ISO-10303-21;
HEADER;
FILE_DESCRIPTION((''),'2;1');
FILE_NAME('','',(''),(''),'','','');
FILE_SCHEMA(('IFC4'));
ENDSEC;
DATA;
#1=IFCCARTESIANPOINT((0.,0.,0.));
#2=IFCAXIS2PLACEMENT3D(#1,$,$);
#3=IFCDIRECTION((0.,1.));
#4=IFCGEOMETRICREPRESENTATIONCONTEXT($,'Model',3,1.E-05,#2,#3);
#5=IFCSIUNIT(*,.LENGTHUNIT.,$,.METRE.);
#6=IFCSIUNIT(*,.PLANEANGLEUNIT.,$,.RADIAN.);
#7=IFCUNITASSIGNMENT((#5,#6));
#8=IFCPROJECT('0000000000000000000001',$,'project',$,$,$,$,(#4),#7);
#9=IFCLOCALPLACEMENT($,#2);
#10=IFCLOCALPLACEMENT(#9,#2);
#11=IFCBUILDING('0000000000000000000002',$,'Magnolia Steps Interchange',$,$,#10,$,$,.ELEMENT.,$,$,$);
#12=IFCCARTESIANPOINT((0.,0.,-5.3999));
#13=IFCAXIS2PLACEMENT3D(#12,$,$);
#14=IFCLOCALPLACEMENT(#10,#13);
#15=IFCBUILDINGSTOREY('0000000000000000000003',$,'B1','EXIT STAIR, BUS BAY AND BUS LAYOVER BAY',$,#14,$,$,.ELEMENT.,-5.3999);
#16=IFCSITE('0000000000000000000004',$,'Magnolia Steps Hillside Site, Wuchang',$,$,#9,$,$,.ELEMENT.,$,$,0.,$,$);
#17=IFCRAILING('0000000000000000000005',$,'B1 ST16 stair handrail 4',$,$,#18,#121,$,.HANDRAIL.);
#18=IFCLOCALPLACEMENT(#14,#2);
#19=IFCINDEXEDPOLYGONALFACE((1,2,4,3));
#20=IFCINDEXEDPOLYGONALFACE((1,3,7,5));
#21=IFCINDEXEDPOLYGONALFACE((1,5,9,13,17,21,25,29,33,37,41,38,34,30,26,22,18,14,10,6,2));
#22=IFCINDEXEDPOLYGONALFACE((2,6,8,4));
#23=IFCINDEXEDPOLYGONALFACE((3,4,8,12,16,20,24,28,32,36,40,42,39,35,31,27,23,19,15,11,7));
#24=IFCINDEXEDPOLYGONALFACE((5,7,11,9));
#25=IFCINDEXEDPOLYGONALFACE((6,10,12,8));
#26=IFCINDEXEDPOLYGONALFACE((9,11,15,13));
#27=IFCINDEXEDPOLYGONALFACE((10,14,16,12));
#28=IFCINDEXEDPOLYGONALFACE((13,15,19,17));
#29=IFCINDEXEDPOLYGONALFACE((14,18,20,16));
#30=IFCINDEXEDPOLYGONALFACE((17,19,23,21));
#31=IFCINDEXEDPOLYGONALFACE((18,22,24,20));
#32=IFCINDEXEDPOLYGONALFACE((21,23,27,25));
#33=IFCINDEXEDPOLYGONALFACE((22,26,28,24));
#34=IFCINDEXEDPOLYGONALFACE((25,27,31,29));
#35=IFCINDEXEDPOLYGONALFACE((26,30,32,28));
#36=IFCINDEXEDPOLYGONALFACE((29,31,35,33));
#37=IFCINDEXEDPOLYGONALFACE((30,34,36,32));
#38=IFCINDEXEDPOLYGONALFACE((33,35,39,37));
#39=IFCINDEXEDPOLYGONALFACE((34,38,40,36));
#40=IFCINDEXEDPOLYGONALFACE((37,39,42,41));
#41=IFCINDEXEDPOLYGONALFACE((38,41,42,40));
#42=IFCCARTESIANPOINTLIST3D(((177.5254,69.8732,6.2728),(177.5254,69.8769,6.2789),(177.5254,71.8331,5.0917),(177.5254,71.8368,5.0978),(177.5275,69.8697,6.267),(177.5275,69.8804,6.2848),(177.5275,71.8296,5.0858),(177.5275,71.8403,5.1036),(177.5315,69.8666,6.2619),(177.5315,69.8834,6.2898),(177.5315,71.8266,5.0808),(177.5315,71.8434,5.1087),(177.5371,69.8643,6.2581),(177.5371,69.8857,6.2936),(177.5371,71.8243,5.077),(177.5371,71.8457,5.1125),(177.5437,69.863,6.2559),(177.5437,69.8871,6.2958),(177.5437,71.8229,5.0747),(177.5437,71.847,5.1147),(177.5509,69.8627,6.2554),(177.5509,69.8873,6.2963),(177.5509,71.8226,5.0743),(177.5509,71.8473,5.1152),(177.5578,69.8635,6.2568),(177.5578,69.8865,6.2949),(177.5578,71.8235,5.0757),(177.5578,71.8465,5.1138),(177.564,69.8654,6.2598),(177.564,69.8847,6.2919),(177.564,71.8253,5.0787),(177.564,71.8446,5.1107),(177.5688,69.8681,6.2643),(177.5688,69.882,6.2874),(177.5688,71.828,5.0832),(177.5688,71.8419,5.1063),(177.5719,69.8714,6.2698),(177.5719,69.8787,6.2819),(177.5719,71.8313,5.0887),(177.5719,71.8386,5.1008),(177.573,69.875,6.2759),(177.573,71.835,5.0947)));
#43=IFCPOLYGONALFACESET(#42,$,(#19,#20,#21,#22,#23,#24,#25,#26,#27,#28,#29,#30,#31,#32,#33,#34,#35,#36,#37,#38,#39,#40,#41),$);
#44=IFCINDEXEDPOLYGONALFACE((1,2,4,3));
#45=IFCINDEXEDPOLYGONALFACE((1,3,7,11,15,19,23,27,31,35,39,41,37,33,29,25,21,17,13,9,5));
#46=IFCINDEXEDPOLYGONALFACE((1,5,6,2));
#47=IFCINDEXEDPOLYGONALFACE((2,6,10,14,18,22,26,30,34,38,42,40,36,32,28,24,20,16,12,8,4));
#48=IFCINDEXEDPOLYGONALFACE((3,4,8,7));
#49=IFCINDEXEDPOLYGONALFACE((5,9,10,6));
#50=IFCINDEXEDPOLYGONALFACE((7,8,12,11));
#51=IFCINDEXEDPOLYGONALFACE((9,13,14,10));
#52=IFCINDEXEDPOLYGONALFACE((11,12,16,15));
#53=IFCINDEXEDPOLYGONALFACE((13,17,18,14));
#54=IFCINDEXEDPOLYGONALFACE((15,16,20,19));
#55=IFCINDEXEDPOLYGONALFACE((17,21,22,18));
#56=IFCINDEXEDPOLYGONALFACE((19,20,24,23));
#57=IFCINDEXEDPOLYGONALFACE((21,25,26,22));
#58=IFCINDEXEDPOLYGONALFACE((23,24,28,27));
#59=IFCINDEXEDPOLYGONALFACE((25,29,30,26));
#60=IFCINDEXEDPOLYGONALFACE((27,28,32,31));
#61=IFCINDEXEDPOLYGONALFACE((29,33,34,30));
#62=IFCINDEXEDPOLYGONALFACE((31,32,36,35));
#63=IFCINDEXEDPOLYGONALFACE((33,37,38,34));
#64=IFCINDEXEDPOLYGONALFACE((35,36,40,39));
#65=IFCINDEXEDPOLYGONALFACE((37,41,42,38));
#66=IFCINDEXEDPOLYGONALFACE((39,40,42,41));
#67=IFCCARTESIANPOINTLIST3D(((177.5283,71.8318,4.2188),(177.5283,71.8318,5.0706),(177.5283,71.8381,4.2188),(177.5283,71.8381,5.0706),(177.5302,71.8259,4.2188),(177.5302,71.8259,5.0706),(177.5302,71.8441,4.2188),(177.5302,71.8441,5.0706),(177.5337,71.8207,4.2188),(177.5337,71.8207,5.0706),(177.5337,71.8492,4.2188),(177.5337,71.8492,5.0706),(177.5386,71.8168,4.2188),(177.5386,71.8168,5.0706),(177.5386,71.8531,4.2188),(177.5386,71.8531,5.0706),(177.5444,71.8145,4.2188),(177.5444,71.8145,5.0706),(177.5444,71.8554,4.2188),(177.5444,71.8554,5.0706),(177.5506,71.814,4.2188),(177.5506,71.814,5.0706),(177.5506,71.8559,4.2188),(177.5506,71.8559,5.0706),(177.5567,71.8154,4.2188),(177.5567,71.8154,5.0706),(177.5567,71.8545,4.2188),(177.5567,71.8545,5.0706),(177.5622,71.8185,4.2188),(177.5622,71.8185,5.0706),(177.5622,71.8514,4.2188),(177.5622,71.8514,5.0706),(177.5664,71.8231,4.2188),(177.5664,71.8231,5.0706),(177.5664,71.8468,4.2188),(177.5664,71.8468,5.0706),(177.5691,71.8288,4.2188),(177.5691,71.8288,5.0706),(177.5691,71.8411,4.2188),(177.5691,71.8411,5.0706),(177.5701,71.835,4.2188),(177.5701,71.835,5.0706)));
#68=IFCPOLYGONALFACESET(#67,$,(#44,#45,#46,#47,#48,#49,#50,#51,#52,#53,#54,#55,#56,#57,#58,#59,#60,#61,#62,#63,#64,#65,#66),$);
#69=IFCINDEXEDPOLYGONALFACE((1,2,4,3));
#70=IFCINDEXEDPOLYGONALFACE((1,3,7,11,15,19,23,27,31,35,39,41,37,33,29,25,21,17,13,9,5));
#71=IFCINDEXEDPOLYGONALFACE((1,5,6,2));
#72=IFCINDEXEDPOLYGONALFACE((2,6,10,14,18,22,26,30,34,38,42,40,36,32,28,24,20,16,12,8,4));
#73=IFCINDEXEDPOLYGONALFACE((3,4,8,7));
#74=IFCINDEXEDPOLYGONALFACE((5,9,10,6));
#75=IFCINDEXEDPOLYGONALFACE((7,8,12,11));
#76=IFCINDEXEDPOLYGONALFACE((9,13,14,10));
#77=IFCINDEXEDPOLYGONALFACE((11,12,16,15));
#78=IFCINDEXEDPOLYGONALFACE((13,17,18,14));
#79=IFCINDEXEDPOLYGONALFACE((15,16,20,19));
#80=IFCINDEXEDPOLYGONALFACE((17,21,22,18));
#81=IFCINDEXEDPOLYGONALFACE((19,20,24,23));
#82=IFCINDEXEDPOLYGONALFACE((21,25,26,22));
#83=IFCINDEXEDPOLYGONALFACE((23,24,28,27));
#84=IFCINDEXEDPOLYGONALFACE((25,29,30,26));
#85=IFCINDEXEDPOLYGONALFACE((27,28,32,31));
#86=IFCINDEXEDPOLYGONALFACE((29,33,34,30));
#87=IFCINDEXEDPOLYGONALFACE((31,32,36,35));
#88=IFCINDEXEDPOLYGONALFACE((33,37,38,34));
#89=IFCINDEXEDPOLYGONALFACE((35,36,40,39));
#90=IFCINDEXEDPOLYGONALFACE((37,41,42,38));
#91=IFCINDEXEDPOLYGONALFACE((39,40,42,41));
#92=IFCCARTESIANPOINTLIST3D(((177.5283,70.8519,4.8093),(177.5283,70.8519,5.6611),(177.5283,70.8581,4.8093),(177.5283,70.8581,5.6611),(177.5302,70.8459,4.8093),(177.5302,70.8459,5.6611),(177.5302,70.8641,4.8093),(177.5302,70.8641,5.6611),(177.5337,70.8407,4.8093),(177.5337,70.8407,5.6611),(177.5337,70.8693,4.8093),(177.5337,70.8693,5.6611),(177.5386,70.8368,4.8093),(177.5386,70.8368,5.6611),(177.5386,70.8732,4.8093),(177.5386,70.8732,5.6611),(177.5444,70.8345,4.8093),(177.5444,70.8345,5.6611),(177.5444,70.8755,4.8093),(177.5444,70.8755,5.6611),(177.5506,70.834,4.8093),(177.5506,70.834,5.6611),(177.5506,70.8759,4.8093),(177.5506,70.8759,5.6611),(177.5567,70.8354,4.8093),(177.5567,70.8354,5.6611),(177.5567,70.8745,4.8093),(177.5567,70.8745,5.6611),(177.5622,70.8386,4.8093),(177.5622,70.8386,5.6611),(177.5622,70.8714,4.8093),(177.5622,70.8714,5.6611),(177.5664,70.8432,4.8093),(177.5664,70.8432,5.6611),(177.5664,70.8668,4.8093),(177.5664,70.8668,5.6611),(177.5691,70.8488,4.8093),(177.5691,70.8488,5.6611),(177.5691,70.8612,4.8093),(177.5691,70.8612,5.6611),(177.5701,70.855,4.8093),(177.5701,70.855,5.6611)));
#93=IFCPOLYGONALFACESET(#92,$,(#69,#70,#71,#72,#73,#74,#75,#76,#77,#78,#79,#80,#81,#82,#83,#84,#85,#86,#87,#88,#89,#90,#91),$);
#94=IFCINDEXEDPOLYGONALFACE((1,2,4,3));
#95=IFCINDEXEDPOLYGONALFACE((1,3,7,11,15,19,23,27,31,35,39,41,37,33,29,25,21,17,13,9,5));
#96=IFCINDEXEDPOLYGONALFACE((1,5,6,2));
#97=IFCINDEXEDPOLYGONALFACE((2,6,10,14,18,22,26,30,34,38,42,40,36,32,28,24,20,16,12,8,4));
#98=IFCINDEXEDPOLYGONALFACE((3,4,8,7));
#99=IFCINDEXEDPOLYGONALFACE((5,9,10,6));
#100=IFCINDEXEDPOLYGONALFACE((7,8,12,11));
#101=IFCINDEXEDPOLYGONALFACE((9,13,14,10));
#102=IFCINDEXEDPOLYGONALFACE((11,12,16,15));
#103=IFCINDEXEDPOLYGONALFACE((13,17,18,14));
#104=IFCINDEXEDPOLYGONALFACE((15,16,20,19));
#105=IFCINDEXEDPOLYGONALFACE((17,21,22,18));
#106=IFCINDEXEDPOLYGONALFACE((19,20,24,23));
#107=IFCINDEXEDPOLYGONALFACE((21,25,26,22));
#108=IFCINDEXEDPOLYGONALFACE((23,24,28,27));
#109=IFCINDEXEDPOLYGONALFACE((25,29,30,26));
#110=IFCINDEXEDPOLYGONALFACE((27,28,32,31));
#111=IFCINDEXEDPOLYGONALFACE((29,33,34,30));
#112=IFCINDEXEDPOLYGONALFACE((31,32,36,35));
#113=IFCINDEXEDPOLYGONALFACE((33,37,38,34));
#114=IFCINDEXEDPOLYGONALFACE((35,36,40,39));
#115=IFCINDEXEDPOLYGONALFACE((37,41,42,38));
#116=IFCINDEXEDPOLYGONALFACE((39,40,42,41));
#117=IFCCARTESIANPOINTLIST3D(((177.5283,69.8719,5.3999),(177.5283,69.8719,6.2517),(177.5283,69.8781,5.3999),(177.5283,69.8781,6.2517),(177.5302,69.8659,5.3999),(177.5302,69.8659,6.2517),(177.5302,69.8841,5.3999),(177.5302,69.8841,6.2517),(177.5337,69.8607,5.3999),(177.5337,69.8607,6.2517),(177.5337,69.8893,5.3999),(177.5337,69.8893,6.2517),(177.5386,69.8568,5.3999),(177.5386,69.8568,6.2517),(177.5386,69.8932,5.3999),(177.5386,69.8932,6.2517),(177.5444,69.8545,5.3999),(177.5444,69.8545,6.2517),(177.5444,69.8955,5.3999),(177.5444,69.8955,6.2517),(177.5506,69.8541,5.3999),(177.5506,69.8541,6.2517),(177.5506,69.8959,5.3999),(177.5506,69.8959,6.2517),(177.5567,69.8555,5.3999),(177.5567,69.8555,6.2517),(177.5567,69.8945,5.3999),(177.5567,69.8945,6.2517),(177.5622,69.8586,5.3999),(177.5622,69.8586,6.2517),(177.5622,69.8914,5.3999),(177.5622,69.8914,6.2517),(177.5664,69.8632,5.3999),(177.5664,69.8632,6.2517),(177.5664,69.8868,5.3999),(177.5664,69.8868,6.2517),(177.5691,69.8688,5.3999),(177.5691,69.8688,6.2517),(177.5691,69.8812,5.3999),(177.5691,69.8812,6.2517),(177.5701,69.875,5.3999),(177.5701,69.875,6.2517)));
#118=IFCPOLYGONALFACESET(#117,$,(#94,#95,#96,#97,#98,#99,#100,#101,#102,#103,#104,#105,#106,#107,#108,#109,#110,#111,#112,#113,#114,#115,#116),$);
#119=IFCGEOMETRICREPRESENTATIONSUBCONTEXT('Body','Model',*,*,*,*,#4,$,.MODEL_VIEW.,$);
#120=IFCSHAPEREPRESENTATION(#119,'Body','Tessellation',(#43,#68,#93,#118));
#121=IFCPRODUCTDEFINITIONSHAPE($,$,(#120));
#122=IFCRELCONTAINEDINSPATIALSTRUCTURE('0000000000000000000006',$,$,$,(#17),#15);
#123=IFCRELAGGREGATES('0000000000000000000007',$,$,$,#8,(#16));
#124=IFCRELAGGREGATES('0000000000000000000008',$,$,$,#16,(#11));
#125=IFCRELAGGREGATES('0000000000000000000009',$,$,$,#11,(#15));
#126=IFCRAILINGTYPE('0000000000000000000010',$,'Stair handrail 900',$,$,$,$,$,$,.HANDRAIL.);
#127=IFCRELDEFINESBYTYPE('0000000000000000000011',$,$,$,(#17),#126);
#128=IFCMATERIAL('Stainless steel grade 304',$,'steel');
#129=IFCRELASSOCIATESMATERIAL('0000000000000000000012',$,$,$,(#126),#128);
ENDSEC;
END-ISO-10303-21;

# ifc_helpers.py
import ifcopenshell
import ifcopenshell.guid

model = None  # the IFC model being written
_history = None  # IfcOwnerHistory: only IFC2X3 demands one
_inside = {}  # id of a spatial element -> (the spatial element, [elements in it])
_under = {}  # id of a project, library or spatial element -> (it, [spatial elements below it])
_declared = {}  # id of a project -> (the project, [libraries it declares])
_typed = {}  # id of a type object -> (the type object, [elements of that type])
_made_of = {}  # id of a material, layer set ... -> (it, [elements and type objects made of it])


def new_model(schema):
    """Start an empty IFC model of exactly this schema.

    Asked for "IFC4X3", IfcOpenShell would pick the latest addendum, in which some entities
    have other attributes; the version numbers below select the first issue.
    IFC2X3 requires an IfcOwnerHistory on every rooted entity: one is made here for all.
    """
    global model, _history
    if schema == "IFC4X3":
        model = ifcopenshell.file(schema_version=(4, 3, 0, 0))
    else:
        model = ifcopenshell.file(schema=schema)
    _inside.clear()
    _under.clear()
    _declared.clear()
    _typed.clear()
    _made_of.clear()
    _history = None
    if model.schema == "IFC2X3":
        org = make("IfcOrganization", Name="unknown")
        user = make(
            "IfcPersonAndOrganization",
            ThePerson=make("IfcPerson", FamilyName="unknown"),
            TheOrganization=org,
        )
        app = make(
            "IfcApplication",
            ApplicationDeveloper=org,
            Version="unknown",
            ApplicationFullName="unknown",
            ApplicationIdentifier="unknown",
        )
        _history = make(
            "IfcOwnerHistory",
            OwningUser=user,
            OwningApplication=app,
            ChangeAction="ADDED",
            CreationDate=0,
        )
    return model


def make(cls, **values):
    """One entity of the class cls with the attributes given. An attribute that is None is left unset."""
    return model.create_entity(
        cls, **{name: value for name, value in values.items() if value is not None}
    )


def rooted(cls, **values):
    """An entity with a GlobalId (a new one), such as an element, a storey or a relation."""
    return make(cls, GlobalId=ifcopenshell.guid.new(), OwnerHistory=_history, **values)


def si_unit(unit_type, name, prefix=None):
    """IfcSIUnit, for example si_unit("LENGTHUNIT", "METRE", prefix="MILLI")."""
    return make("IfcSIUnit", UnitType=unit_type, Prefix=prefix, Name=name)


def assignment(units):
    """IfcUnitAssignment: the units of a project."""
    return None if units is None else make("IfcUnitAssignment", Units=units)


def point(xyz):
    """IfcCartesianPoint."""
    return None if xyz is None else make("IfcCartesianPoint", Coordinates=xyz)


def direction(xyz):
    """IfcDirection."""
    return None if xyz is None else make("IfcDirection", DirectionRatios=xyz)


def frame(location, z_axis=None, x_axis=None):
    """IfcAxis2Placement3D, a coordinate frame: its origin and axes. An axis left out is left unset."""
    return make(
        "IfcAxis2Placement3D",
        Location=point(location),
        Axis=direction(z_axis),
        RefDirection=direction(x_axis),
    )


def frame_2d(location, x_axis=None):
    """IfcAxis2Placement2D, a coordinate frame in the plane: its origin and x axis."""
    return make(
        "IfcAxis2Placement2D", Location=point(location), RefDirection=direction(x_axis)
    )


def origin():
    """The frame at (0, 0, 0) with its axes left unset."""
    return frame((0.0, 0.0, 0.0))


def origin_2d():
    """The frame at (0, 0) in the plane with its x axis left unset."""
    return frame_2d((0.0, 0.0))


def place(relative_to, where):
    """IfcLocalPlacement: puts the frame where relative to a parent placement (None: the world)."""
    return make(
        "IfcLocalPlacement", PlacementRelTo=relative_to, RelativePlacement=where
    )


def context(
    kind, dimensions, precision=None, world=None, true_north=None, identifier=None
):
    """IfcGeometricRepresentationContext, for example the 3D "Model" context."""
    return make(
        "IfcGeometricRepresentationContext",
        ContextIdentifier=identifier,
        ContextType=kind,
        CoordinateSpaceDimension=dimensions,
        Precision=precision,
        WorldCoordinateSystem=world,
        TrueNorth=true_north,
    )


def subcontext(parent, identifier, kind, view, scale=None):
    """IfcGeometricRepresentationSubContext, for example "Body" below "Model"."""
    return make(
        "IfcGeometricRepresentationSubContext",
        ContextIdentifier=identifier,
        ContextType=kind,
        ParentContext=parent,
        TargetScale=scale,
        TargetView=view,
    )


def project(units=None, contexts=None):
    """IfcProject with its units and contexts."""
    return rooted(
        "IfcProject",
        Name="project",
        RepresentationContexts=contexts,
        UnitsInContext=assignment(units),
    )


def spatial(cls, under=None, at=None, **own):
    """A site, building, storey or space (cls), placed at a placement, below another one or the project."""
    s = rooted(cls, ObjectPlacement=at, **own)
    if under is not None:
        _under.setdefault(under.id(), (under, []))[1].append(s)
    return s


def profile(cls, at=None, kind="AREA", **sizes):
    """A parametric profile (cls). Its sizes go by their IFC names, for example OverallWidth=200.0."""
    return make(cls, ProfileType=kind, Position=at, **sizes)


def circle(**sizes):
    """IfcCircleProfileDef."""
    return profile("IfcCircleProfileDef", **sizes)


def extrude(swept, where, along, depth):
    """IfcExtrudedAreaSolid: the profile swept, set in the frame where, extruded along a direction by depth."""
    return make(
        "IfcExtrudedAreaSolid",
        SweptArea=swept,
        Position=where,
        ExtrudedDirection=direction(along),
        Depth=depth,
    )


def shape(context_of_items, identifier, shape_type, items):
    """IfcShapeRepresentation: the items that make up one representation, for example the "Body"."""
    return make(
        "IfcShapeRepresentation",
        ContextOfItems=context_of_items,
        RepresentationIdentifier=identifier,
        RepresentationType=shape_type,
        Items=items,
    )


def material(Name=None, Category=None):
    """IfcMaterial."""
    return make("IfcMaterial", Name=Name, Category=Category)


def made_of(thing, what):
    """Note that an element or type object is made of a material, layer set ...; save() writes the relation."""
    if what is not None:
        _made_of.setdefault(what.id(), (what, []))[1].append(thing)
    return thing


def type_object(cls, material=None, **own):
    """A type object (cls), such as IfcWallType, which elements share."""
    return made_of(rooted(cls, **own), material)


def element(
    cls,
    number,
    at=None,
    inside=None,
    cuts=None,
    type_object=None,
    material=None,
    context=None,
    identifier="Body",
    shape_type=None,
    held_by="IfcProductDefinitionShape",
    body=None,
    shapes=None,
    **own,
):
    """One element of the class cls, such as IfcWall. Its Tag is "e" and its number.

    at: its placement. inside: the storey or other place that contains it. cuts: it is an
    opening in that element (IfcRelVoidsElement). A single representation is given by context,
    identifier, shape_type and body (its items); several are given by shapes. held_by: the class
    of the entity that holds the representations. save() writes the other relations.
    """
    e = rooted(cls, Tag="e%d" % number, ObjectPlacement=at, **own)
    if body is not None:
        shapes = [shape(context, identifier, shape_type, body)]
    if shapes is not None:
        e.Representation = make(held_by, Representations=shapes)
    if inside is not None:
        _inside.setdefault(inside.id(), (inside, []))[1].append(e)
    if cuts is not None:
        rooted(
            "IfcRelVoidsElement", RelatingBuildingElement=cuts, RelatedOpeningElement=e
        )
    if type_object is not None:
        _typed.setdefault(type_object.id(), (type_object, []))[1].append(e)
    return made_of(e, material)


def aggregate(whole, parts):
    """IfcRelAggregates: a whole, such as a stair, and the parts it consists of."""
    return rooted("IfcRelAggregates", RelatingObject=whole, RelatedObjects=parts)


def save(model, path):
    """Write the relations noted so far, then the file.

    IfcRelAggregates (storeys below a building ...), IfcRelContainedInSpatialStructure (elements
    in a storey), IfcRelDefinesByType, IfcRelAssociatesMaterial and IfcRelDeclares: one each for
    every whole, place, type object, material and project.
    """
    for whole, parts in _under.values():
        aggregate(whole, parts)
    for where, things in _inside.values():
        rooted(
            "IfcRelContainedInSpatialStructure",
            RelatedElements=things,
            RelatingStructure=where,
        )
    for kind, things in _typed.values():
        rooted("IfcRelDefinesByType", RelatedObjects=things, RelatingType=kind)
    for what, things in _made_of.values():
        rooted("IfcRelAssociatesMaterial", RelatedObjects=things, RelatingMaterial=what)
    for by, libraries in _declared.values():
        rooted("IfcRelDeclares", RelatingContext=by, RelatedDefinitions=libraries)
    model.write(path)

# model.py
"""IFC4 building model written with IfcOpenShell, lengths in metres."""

from ifc_helpers import new_model, si_unit, direction, frame, origin, origin_2d, place, context, subcontext, project, spatial, circle, extrude, material, type_object, element, save


model = new_model("IFC4")

# Units and contexts
model_context = context("Model", 3, precision=1e-05, world=origin(), true_north=direction((0.0, 1.0)))
body_context = subcontext(model_context, "Body", "Model", "MODEL_VIEW")
ifc_project = project(units=[si_unit("LENGTHUNIT", "METRE"), si_unit("PLANEANGLEUNIT", "RADIAN")], contexts=[model_context])

# Site, building, storey
site_placement = place(None, origin())
site = spatial("IfcSite", under=ifc_project, at=site_placement, Name="Magnolia Steps Hillside Site, Wuchang", CompositionType="ELEMENT", RefElevation=0.0)
building_placement = place(site_placement, origin())
building = spatial("IfcBuilding", under=site, at=building_placement, Name="Magnolia Steps Interchange", CompositionType="ELEMENT")
storey_placement = place(building_placement, frame((0.0, 0.0, -5.3999)))
storey = spatial("IfcBuildingStorey", under=building, at=storey_placement, Name="B1", Description="EXIT STAIR, BUS BAY AND BUS LAYOVER BAY", CompositionType="ELEMENT", Elevation=-5.3999)

# Railing
ifc_material_1 = material(Name="Stainless steel grade 304", Category="steel")
railing_type_1 = type_object("IfcRailingType", Name="Stair handrail 900", PredefinedType="HANDRAIL", material=ifc_material_1)
railing_1_placement = place(storey_placement, frame((177.5491, 71.835, 4.2188)))
element("IfcRailing", 1, at=railing_1_placement, inside=storey, type_object=railing_type_1, Name="B1 ST16 stair handrail 4", PredefinedType="HANDRAIL", context=body_context, shape_type="SweptSolid", body=[
    extrude(circle(Radius=0.0239, at=origin_2d()), frame((0.0, 0.0, 0.876), z_axis=(0.0, -0.856493, 0.516158), x_axis=(1.0, 0.0, 0.0)), (0.0, 0.0, 1.0), 2.2883),
    extrude(circle(Radius=0.021, at=origin_2d()), origin(), (0.0, 0.0, 1.0), 0.8518),
    extrude(circle(Radius=0.021, at=origin_2d()), frame((0.0, -0.98, 0.5906)), (0.0, 0.0, 1.0), 0.8518),
    extrude(circle(Radius=0.021, at=origin_2d()), frame((0.0, -1.96, 1.1812)), (0.0, 0.0, 1.0), 0.8518),
])

save(model, "model.ifc")
